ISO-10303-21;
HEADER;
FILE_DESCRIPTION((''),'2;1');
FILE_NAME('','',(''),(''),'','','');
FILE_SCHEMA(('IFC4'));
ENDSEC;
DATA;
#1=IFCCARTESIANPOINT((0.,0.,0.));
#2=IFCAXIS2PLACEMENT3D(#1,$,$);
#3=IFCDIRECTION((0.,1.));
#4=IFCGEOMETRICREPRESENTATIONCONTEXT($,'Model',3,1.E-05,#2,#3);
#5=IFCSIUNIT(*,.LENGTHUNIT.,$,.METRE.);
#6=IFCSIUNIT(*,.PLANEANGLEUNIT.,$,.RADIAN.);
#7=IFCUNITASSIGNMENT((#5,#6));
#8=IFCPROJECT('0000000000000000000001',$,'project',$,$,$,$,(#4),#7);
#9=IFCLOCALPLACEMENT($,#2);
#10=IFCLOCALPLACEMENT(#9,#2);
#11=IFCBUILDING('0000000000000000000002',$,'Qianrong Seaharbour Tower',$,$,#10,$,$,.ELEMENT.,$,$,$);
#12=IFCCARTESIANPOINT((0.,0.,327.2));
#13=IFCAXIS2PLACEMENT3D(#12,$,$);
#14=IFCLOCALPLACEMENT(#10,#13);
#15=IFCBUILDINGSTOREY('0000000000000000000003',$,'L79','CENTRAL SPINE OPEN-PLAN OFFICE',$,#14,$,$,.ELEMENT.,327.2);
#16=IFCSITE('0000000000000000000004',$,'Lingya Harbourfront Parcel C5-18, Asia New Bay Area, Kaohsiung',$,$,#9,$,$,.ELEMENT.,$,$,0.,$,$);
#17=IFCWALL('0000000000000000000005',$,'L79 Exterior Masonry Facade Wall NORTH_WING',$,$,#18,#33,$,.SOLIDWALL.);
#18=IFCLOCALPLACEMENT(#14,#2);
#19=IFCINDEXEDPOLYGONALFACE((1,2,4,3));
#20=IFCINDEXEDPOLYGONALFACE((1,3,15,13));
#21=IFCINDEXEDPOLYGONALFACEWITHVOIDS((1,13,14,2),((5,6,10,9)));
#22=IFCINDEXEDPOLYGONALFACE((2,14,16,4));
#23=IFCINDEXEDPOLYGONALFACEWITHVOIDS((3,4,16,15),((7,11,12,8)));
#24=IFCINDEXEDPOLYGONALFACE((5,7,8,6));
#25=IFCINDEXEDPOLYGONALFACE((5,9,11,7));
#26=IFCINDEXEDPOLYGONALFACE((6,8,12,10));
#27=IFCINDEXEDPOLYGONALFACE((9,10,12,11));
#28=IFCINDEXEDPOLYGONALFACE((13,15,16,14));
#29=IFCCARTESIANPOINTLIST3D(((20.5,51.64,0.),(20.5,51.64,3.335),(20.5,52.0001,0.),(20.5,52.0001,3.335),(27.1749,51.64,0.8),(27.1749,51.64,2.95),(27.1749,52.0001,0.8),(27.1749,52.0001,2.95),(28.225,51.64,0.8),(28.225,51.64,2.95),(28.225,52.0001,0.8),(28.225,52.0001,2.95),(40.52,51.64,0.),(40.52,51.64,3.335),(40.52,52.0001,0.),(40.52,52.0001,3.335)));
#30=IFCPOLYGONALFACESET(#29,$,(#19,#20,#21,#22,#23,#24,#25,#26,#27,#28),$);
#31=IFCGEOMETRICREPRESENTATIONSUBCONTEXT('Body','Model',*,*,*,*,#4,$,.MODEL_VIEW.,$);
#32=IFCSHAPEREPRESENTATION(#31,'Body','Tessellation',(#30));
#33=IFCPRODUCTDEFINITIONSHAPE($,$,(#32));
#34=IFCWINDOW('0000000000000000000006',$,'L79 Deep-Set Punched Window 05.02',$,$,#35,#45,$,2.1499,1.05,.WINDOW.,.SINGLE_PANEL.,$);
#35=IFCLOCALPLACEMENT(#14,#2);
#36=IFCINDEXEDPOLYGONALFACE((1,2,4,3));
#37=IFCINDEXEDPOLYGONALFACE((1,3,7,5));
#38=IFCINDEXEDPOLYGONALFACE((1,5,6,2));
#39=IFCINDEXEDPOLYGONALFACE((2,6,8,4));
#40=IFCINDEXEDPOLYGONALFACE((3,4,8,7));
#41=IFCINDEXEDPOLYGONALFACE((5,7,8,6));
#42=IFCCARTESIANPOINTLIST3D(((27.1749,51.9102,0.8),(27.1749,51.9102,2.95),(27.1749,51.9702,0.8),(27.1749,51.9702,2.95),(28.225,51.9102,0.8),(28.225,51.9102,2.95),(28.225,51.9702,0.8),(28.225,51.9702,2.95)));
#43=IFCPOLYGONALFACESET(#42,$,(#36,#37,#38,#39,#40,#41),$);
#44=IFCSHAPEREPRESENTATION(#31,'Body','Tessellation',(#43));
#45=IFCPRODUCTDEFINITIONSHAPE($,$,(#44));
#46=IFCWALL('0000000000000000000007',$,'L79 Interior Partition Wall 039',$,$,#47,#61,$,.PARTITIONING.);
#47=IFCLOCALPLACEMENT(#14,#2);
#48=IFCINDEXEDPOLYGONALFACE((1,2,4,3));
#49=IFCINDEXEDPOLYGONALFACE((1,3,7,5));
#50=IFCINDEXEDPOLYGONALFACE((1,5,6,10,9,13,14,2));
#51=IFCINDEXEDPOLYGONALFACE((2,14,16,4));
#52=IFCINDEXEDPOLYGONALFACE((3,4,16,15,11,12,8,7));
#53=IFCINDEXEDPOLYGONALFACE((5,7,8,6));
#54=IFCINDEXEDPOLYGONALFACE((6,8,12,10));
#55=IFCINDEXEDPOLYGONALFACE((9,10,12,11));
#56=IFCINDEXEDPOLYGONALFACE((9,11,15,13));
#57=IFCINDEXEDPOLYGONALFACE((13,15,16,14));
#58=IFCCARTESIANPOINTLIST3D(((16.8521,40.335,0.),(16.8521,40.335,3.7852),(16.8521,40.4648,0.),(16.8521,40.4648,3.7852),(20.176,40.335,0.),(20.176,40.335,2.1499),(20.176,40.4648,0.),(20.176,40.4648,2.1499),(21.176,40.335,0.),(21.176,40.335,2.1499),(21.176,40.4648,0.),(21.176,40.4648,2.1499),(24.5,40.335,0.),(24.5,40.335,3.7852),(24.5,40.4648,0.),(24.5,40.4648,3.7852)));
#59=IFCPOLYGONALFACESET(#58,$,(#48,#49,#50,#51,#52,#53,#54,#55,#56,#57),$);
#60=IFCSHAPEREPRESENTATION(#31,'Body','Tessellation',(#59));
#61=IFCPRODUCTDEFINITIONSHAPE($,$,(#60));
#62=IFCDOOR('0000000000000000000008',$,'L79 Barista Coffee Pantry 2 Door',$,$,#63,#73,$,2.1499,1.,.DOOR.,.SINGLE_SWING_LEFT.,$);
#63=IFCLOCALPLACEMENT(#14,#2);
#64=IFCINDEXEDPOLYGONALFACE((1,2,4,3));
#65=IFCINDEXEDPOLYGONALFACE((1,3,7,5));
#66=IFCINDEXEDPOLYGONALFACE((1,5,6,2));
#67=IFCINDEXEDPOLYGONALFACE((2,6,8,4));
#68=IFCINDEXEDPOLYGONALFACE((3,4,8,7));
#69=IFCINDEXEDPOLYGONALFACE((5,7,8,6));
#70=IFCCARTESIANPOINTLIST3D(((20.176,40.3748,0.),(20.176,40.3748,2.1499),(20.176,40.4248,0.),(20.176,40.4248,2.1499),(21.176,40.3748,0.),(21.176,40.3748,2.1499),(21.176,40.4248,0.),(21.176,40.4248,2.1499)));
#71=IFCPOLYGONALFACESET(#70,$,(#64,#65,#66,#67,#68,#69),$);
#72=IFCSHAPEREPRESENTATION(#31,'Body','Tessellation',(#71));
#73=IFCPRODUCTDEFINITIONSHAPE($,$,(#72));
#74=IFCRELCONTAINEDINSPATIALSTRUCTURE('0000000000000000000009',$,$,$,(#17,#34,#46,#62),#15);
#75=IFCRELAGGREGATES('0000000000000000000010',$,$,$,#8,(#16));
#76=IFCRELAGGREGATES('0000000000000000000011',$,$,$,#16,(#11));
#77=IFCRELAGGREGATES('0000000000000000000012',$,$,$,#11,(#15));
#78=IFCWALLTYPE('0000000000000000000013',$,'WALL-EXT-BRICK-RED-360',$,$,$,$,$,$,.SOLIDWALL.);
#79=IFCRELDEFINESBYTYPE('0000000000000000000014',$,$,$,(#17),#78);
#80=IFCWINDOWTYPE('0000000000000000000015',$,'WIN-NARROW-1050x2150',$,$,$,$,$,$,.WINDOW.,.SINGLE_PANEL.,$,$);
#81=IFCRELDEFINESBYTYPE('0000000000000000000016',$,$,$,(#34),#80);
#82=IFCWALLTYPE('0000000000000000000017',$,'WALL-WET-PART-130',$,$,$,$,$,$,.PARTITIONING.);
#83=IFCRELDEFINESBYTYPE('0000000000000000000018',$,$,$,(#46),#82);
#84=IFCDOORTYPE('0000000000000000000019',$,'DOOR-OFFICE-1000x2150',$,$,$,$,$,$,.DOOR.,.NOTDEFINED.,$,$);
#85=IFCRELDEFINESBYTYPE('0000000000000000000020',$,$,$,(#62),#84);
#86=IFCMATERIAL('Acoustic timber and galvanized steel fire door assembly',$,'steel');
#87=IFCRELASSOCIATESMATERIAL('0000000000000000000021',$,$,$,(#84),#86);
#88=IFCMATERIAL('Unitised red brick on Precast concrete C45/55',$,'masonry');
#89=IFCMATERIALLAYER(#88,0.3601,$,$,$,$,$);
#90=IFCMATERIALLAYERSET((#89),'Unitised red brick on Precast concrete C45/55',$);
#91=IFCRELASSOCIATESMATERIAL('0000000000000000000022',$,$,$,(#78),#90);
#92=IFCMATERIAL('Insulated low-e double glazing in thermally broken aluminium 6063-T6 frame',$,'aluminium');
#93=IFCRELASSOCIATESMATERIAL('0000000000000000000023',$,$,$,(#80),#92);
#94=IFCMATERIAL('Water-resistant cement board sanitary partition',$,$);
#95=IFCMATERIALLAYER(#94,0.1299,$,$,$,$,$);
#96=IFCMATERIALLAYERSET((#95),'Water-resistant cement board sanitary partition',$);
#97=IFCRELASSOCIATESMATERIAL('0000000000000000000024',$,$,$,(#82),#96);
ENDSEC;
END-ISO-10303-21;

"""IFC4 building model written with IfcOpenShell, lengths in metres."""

from ifc_helpers import new_model, si_unit, direction, frame, frame_2d, origin, place, context, subcontext, project, spatial, rectangle, extrude, material, layer, layer_set, type_object, element, fill, save


model = new_model("IFC4")

# Units and contexts
model_context = context("Model", 3, precision=1e-05, world=origin(), true_north=direction((0.0, 1.0)))
body_context = subcontext(model_context, "Body", "Model", "MODEL_VIEW")
ifc_project = project(units=[si_unit("LENGTHUNIT", "METRE"), si_unit("PLANEANGLEUNIT", "RADIAN")], contexts=[model_context])

# Site, building, storey
site_placement = place(None, origin())
site = spatial("IfcSite", under=ifc_project, at=site_placement, Name="Lingya Harbourfront Parcel C5-18, Asia New Bay Area, Kaohsiung", CompositionType="ELEMENT", RefElevation=0.0)
building_placement = place(site_placement, origin())
building = spatial("IfcBuilding", under=site, at=building_placement, Name="Qianrong Seaharbour Tower", CompositionType="ELEMENT")
storey_placement = place(building_placement, frame((0.0, 0.0, 327.2)))
storey = spatial("IfcBuildingStorey", under=building, at=storey_placement, Name="L79", Description="CENTRAL SPINE OPEN-PLAN OFFICE", CompositionType="ELEMENT", Elevation=327.2)

# Shared definitions
ifc_material_1 = material(Name="Acoustic timber and galvanized steel fire door assembly", Category="steel")
door_type = type_object("IfcDoorType", Name="DOOR-OFFICE-1000x2150", OperationType="NOTDEFINED", PredefinedType="DOOR", material=ifc_material_1)

# Shared definitions
ifc_material_2 = material(Name="Unitised red brick on Precast concrete C45/55", Category="masonry")
ifc_layer_1 = layer(ifc_material_2, 0.3601)
ifc_layer_set_1 = layer_set([ifc_layer_1], Name="Unitised red brick on Precast concrete C45/55")
wall_type_1 = type_object("IfcWallType", Name="WALL-EXT-BRICK-RED-360", PredefinedType="SOLIDWALL", material=ifc_layer_set_1)

# Wall, opening, window
wall_1_placement = place(storey_placement, frame((20.5, 51.8201, 0.0), z_axis=(0.0, 0.0, 1.0), x_axis=(1.0, 0.0, 0.0)))
wall_1 = element("IfcWall", 1, at=wall_1_placement, inside=storey, type_object=wall_type_1, Name="L79 Exterior Masonry Facade Wall NORTH_WING", PredefinedType="SOLIDWALL", context=body_context, shape_type="SweptSolid", body=[
    extrude(rectangle(XDim=20.02, YDim=0.3601, at=frame_2d((10.01, 0.0))), origin(), (0.0, 0.0, 1.0), 3.335),
])
opening_1_placement = place(wall_1_placement, frame((6.675, 0.0, 0.8)))
opening_1 = element("IfcOpeningElement", 2, at=opening_1_placement, cuts=wall_1, PredefinedType="OPENING", context=body_context, shape_type="SweptSolid", body=[
    extrude(rectangle(XDim=1.05, YDim=2.1499, at=frame_2d((0.5249, 1.075))), frame((0.0, 0.1899, 0.0), z_axis=(0.0, -1.0, 0.0), x_axis=(1.0, 0.0, 0.0)), (0.0, 0.0, 1.0), 0.3801),
])
ifc_material_3 = material(Name="Insulated low-e double glazing in thermally broken aluminium 6063-T6 frame", Category="aluminium")
window_type = type_object("IfcWindowType", Name="WIN-NARROW-1050x2150", PartitioningType="SINGLE_PANEL", PredefinedType="WINDOW", material=ifc_material_3)
window_placement = place(opening_1_placement, origin())
window = element("IfcWindow", 3, at=window_placement, inside=storey, type_object=window_type, Name="L79 Deep-Set Punched Window 05.02", OverallHeight=2.1499, OverallWidth=1.05, PartitioningType="SINGLE_PANEL", PredefinedType="WINDOW", context=body_context, shape_type="SweptSolid", body=[
    extrude(rectangle(XDim=1.05, YDim=2.1499, at=frame_2d((0.5249, 1.075))), frame((0.0, 0.1501, 0.0), z_axis=(0.0, -1.0, 0.0), x_axis=(1.0, 0.0, 0.0)), (0.0, 0.0, 1.0), 0.0601),
])
fill(opening_1, window)

# Wall, opening, door
ifc_material_4 = material(Name="Water-resistant cement board sanitary partition")
ifc_layer_2 = layer(ifc_material_4, 0.1299)
ifc_layer_set_2 = layer_set([ifc_layer_2], Name="Water-resistant cement board sanitary partition")
wall_type_2 = type_object("IfcWallType", Name="WALL-WET-PART-130", PredefinedType="PARTITIONING", material=ifc_layer_set_2)
wall_2_placement = place(storey_placement, frame((16.8521, 40.3999, 0.0), z_axis=(0.0, 0.0, 1.0), x_axis=(1.0, 0.0, 0.0)))
wall_2 = element("IfcWall", 4, at=wall_2_placement, inside=storey, type_object=wall_type_2, Name="L79 Interior Partition Wall 039", PredefinedType="PARTITIONING", context=body_context, shape_type="SweptSolid", body=[
    extrude(rectangle(XDim=7.6479, YDim=0.1299, at=frame_2d((3.824, 0.0))), origin(), (0.0, 0.0, 1.0), 3.7852),
])
opening_2_placement = place(wall_2_placement, frame((3.324, 0.0, 0.0)))
opening_2 = element("IfcOpeningElement", 5, at=opening_2_placement, cuts=wall_2, PredefinedType="OPENING", context=body_context, shape_type="SweptSolid", body=[
    extrude(rectangle(XDim=1.0, YDim=2.1499, at=frame_2d((0.5, 1.075))), frame((0.0, 0.075, 0.0), z_axis=(0.0, -1.0, 0.0), x_axis=(1.0, 0.0, 0.0)), (0.0, 0.0, 1.0), 0.1499),
])
door_1_placement = place(opening_2_placement, origin())
door_1 = element("IfcDoor", 6, at=door_1_placement, inside=storey, type_object=door_type, Name="L79 Barista Coffee Pantry 2 Door", OperationType="SINGLE_SWING_LEFT", OverallHeight=2.1499, OverallWidth=1.0, PredefinedType="DOOR", context=body_context, shape_type="SweptSolid", body=[
    extrude(rectangle(XDim=1.0, YDim=2.1499, at=frame_2d((0.5, 1.075))), frame((0.0, 0.0249, 0.0), z_axis=(0.0, -1.0, 0.0), x_axis=(1.0, 0.0, 0.0)), (0.0, 0.0, 1.0), 0.05),
])
fill(opening_2, door_1)

save(model, "model.ifc")
